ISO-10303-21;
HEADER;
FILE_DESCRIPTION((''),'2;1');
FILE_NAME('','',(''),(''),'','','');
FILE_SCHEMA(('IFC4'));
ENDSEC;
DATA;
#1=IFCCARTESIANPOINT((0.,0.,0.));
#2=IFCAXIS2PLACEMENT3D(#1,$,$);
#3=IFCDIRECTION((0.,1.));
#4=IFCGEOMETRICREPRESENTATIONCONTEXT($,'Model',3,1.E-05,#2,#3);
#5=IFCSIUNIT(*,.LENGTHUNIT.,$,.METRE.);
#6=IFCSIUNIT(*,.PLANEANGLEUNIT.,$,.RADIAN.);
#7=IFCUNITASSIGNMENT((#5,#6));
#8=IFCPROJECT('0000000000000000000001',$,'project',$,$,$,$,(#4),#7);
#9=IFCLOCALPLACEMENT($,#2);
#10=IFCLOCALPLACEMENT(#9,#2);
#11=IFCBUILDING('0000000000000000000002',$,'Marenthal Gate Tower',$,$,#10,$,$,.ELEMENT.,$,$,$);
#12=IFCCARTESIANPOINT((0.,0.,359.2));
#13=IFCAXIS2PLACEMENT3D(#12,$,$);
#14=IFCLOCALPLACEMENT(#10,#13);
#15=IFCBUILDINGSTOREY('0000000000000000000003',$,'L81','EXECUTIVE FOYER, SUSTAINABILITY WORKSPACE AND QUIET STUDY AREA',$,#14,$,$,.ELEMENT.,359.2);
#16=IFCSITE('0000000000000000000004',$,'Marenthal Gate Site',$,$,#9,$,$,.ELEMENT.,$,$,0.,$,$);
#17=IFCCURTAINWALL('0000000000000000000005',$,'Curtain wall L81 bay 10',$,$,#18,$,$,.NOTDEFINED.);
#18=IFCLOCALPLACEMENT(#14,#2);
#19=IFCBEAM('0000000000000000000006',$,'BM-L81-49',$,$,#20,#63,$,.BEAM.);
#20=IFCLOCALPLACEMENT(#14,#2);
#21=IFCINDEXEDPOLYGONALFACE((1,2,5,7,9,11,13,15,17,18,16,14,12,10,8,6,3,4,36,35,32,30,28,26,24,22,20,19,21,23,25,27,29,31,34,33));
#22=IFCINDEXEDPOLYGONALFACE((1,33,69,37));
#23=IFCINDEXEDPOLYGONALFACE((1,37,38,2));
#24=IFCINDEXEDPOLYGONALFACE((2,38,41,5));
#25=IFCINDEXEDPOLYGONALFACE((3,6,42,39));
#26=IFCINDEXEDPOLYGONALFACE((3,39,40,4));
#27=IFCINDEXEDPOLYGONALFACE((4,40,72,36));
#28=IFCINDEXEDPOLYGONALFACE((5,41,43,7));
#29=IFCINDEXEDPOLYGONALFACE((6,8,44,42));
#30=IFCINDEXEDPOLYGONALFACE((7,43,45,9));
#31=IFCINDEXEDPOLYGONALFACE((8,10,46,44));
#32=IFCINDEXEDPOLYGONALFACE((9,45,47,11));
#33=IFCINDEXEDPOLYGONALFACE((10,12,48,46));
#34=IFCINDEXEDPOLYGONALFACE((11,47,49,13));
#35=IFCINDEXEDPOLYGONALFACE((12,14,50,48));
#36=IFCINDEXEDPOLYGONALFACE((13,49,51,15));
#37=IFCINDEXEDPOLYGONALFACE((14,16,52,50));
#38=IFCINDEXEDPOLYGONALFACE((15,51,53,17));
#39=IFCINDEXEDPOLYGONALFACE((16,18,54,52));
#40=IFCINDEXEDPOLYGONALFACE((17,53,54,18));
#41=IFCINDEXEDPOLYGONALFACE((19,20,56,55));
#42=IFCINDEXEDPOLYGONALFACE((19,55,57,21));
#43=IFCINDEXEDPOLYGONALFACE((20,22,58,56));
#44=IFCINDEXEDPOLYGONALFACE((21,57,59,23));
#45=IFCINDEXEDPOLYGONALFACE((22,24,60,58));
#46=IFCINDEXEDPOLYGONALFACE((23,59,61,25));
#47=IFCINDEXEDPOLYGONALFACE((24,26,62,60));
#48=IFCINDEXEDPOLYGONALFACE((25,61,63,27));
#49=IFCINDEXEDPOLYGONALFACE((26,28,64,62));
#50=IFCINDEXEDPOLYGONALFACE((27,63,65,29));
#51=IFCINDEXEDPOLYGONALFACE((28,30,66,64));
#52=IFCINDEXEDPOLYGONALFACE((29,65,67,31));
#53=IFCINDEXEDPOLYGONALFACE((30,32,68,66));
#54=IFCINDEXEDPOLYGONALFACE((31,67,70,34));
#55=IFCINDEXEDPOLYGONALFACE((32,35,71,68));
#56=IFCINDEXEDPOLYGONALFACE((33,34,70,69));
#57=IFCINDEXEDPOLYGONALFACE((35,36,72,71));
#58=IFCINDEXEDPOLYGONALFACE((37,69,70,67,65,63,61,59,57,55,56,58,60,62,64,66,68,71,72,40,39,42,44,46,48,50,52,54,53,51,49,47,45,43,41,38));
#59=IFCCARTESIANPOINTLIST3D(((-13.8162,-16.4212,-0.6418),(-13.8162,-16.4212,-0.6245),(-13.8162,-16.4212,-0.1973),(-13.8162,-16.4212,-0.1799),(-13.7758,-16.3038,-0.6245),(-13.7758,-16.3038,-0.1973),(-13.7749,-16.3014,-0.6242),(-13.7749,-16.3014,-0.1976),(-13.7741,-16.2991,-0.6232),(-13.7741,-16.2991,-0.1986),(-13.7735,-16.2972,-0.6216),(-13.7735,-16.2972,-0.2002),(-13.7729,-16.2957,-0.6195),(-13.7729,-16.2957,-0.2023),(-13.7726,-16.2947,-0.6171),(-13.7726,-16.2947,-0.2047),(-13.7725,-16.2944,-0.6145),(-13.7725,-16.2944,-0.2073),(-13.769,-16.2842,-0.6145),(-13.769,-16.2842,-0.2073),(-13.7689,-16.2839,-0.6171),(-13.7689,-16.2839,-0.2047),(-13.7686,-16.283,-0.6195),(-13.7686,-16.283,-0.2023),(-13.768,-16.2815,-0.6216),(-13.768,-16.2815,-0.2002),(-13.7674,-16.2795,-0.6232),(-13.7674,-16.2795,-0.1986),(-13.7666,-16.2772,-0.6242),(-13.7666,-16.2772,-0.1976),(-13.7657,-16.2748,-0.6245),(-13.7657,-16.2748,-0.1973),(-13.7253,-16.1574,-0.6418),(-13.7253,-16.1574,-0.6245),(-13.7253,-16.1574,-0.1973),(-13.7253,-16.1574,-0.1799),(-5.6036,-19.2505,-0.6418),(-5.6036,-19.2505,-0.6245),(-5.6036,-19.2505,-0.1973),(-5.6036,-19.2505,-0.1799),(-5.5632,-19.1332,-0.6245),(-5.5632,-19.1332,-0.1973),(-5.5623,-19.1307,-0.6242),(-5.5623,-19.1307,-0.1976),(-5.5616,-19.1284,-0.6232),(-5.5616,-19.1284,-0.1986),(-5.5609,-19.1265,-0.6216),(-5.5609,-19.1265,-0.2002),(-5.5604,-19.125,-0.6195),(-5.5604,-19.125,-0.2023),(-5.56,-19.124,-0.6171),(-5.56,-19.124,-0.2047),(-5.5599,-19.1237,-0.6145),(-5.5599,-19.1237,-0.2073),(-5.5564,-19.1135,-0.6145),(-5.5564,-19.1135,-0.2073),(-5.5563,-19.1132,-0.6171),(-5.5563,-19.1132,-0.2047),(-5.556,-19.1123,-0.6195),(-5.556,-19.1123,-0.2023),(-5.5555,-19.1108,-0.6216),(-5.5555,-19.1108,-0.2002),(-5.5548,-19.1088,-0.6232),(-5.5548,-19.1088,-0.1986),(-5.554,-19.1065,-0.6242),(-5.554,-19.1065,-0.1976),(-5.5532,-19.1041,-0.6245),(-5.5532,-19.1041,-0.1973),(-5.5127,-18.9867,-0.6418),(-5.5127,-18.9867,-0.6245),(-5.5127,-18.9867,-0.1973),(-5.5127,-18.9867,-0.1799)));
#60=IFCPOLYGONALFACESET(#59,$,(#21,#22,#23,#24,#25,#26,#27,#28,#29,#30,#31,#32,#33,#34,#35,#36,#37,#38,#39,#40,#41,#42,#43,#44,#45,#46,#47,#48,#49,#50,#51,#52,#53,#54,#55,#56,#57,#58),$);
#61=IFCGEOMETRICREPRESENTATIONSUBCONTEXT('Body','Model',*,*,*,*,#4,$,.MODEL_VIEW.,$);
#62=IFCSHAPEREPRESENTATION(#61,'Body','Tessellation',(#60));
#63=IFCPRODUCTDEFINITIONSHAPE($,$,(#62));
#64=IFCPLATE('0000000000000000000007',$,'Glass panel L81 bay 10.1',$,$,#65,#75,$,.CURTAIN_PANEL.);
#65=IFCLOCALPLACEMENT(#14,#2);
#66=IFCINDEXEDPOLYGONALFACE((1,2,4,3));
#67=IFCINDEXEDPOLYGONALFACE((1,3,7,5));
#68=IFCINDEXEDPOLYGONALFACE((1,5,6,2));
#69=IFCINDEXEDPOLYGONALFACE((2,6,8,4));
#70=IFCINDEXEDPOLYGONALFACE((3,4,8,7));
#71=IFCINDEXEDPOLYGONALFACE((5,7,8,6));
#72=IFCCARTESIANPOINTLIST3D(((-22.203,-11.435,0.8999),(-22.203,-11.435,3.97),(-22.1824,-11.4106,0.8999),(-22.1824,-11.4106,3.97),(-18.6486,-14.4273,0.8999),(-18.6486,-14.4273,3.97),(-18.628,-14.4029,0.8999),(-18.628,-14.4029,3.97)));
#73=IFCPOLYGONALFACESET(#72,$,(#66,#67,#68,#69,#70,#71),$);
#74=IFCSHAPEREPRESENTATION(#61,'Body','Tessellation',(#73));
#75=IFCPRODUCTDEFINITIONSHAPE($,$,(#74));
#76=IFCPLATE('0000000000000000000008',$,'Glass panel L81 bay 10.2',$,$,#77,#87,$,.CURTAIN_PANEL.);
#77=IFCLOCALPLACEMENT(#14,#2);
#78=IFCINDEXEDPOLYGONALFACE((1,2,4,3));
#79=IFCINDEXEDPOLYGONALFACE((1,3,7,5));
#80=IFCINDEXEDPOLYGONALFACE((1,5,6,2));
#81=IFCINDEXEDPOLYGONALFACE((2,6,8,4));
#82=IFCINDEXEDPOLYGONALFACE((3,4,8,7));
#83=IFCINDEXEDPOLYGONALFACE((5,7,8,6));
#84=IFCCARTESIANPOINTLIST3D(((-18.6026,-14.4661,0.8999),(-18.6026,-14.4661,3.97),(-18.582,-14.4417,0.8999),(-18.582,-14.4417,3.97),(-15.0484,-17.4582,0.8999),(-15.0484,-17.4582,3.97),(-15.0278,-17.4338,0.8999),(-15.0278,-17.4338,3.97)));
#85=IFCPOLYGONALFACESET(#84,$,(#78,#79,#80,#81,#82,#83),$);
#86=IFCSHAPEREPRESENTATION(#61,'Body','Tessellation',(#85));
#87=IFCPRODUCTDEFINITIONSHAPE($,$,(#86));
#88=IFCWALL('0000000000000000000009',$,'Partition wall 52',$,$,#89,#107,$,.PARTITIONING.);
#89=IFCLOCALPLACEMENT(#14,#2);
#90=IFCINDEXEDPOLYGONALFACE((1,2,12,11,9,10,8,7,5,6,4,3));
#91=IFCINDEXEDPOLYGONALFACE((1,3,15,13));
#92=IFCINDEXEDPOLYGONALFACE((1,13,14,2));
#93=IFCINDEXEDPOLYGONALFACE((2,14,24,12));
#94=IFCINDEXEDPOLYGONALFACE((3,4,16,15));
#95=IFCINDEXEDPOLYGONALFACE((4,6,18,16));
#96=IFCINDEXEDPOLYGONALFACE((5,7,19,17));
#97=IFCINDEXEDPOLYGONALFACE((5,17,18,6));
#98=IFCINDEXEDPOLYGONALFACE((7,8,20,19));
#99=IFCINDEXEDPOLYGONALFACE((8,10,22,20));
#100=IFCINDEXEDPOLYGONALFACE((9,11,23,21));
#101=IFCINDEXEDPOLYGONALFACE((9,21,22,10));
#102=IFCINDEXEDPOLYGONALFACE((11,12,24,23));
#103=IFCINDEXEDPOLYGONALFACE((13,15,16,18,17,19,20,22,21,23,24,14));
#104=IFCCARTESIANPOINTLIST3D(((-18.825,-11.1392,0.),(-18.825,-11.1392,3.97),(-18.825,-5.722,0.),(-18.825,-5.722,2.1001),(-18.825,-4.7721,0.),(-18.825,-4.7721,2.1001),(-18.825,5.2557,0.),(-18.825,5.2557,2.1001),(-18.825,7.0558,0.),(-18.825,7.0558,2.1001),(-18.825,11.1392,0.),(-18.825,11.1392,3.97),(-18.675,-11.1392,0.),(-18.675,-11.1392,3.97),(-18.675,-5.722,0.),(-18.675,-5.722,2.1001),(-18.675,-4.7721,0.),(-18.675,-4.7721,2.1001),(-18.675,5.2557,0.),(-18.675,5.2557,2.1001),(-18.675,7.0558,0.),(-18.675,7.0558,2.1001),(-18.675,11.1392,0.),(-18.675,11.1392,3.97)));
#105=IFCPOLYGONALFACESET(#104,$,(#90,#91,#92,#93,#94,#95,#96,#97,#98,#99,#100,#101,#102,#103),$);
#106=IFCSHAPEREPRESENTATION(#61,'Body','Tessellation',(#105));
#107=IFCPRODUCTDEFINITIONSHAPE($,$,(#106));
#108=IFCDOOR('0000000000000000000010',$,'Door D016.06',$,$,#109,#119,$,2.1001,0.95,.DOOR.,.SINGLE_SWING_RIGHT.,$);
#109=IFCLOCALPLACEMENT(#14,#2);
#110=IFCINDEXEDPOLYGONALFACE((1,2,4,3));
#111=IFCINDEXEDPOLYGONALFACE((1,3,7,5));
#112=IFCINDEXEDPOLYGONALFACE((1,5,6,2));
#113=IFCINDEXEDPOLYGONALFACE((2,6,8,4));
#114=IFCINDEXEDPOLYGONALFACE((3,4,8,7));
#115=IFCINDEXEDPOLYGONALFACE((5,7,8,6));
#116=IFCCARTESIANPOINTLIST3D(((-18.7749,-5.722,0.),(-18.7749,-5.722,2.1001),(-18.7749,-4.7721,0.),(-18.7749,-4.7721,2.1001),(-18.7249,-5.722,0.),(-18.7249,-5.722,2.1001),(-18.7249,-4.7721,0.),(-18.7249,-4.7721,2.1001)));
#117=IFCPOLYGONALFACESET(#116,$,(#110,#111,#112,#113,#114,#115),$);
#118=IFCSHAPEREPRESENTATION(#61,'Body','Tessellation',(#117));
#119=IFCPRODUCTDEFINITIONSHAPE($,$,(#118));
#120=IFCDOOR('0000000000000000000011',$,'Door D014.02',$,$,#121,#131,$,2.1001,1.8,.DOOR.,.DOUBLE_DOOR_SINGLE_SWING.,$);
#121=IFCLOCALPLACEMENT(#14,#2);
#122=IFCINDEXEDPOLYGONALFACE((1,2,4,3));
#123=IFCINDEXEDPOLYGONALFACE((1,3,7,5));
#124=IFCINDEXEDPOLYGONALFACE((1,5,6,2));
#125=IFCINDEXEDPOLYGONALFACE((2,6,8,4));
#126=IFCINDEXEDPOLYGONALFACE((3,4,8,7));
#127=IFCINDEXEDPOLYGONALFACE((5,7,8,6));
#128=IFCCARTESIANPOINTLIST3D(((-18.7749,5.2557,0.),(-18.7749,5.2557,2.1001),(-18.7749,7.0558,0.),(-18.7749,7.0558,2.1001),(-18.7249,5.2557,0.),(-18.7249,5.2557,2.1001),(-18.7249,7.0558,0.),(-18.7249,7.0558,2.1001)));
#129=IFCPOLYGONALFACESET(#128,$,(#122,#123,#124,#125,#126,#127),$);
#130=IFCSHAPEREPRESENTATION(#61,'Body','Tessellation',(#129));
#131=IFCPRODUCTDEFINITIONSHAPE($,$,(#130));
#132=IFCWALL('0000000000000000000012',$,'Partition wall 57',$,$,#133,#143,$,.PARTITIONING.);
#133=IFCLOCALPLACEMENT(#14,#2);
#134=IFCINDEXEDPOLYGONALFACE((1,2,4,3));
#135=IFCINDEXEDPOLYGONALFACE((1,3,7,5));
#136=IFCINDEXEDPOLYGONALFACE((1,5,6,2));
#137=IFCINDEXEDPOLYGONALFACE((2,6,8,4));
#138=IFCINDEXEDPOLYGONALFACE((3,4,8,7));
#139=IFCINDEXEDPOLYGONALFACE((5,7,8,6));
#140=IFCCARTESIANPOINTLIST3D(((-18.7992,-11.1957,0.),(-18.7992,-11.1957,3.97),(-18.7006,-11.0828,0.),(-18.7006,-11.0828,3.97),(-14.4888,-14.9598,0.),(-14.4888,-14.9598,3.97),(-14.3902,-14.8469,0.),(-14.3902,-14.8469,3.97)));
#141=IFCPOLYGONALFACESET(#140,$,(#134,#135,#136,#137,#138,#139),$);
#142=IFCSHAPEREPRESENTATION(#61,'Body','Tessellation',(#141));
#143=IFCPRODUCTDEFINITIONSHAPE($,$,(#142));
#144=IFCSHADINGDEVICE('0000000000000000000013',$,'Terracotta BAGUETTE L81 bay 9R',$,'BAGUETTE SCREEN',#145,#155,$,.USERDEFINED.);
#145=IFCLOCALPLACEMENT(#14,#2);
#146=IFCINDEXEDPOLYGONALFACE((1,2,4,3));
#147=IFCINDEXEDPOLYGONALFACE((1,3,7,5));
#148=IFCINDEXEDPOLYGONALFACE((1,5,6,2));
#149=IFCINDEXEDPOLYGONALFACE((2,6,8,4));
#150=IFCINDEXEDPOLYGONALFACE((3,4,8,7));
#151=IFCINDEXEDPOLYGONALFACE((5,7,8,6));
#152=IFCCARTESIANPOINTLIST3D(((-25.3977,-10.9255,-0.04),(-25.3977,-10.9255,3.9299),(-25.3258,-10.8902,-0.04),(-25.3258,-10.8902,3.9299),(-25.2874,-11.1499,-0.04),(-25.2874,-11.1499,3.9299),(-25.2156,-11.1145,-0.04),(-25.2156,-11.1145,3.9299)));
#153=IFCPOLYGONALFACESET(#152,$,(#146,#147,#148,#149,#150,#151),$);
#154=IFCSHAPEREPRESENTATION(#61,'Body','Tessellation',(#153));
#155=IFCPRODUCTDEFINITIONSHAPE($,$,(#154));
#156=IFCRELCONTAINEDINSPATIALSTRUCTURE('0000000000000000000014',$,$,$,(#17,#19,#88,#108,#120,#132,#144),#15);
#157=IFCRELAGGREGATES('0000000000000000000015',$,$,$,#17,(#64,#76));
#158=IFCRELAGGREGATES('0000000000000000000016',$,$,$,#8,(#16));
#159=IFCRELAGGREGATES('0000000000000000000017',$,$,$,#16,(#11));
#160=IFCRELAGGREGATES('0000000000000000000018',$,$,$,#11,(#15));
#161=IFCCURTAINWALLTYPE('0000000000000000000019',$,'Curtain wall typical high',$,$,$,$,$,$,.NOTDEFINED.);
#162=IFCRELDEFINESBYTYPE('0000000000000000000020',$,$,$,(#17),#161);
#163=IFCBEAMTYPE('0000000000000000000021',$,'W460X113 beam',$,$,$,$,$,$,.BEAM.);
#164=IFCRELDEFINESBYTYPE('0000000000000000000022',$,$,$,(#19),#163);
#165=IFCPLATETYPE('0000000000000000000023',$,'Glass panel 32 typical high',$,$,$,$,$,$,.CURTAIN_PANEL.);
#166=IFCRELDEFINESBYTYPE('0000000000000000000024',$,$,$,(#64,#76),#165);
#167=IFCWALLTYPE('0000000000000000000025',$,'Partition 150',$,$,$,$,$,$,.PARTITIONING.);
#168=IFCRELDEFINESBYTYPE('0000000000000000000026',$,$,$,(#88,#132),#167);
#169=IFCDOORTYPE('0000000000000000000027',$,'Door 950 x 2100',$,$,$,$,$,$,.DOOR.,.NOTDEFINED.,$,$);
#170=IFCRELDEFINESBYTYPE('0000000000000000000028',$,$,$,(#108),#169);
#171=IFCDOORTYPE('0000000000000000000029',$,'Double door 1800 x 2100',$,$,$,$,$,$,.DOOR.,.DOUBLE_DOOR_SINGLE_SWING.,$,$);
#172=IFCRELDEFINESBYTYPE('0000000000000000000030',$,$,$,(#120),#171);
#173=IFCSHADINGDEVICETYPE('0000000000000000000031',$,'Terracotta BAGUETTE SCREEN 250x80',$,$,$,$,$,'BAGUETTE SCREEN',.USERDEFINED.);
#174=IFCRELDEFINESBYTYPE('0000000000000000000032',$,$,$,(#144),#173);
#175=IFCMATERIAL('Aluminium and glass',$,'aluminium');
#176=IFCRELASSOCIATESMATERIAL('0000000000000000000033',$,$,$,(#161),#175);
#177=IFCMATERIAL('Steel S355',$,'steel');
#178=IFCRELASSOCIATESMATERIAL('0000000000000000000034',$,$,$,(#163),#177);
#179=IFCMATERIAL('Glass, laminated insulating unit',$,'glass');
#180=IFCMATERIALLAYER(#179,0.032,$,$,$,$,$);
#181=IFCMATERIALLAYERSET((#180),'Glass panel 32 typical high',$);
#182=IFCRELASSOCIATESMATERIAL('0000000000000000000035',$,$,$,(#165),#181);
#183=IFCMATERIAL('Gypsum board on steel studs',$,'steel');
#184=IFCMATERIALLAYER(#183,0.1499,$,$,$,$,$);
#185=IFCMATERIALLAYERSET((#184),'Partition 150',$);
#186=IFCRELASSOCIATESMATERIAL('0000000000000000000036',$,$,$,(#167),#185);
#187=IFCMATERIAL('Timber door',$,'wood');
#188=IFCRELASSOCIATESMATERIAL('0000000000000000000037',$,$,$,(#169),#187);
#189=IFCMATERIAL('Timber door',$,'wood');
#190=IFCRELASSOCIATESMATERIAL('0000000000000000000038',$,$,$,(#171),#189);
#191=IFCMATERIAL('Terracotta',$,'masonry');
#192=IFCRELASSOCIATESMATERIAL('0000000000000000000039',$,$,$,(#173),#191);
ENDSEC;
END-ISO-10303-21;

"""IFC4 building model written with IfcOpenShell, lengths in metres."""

from ifc_helpers import new_model, si_unit, direction, frame, frame_2d, origin, origin_2d, place, context, subcontext, project, spatial, rectangle, i_section, extrude, material, layer, layer_set, material_profile, profile_set, type_object, element, fill, aggregate, save


model = new_model("IFC4")

# Units and contexts
model_context = context("Model", 3, precision=1e-05, world=origin(), true_north=direction((0.0, 1.0)))
body_context = subcontext(model_context, "Body", "Model", "MODEL_VIEW")
ifc_project = project(units=[si_unit("LENGTHUNIT", "METRE"), si_unit("PLANEANGLEUNIT", "RADIAN")], contexts=[model_context])

# Site, building, storey
site_placement = place(None, origin())
site = spatial("IfcSite", under=ifc_project, at=site_placement, Name="Marenthal Gate Site", CompositionType="ELEMENT", RefElevation=0.0)
building_placement = place(site_placement, origin())
building = spatial("IfcBuilding", under=site, at=building_placement, Name="Marenthal Gate Tower", CompositionType="ELEMENT")
storey_placement = place(building_placement, frame((0.0, 0.0, 359.2)))
storey = spatial("IfcBuildingStorey", under=building, at=storey_placement, Name="L81", Description="EXECUTIVE FOYER, SUSTAINABILITY WORKSPACE AND QUIET STUDY AREA", CompositionType="ELEMENT", Elevation=359.2)

# Curtain wall
ifc_material_1 = material(Name="Aluminium and glass", Category="aluminium")
curtain_wall_type = type_object("IfcCurtainWallType", Name="Curtain wall typical high", PredefinedType="NOTDEFINED", material=ifc_material_1)
curtain_wall_placement = place(storey_placement, origin())
curtain_wall = element("IfcCurtainWall", 1, at=curtain_wall_placement, inside=storey, type_object=curtain_wall_type, Name="Curtain wall L81 bay 10", PredefinedType="NOTDEFINED")

# Beam
ifc_material_2 = material(Name="Steel S355", Category="steel")
ifc_material_profile_1 = material_profile(ifc_material_2, i_section(OverallWidth=0.2791, OverallDepth=0.4619, WebThickness=0.0107, FlangeThickness=0.0173, FilletRadius=0.01, at=origin_2d()), Name="W460X113")
ifc_profile_set_1 = profile_set([ifc_material_profile_1], Name="Steel S355")
beam_type_1 = type_object("IfcBeamType", Name="W460X113 beam", PredefinedType="BEAM", material=ifc_profile_set_1)
beam_1_placement = place(storey_placement, frame((-13.7708, -16.2893, -0.4109), z_axis=(0.945465, -0.325723, 0.0), x_axis=(0.325723, 0.945465, 0.0)))
element("IfcBeam", 2, at=beam_1_placement, inside=storey, type_object=beam_type_1, Name="BM-L81-49", PredefinedType="BEAM", context=body_context, shape_type="SweptSolid", body=[
    extrude(i_section(OverallWidth=0.2791, OverallDepth=0.4619, WebThickness=0.0107, FlangeThickness=0.0173, FilletRadius=0.01, at=origin_2d()), origin(), (0.0, 0.0, 1.0), 8.6863),
])

# Plates
ifc_material_3 = material(Name="Glass, laminated insulating unit", Category="glass")
ifc_layer_1 = layer(ifc_material_3, 0.032)
ifc_layer_set_1 = layer_set([ifc_layer_1], Name="Glass panel 32 typical high")
plate_type = type_object("IfcPlateType", Name="Glass panel 32 typical high", PredefinedType="CURTAIN_PANEL", material=ifc_layer_set_1)
plate_1_placement = place(storey_placement, frame((-20.4155, -12.9189, 0.8999), z_axis=(0.0, 0.0, 1.0), x_axis=(0.765006, -0.644023, 0.0)))
plate_1 = element("IfcPlate", 3, at=plate_1_placement, type_object=plate_type, Name="Glass panel L81 bay 10.1", PredefinedType="CURTAIN_PANEL", context=body_context, shape_type="SweptSolid", body=[
    extrude(rectangle(XDim=4.6462, YDim=0.032, at=origin_2d()), origin(), (0.0, 0.0, 1.0), 3.0701),
])
plate_2_placement = place(storey_placement, frame((-16.8152, -15.95, 0.8999), z_axis=(0.0, 0.0, 1.0), x_axis=(0.765006, -0.644023, 0.0)))
plate_2 = element("IfcPlate", 4, at=plate_2_placement, type_object=plate_type, Name="Glass panel L81 bay 10.2", PredefinedType="CURTAIN_PANEL", context=body_context, shape_type="SweptSolid", body=[
    extrude(rectangle(XDim=4.646, YDim=0.032, at=origin_2d()), origin(), (0.0, 0.0, 1.0), 3.0701),
])
aggregate(curtain_wall, [plate_1, plate_2])

# Wall, openings, doors
ifc_material_4 = material(Name="Gypsum board on steel studs", Category="steel")
ifc_layer_2 = layer(ifc_material_4, 0.1499)
ifc_layer_set_2 = layer_set([ifc_layer_2], Name="Partition 150")
wall_type_1 = type_object("IfcWallType", Name="Partition 150", PredefinedType="PARTITIONING", material=ifc_layer_set_2)
wall_1_placement = place(storey_placement, frame((-18.75, -11.1392, 0.0), z_axis=(0.0, 0.0, 1.0), x_axis=(0.0, 1.0, 0.0)))
wall_1 = element("IfcWall", 5, at=wall_1_placement, inside=storey, type_object=wall_type_1, Name="Partition wall 52", PredefinedType="PARTITIONING", context=body_context, shape_type="SweptSolid", body=[
    extrude(rectangle(XDim=22.2783, YDim=0.1499, at=frame_2d((11.1392, 0.0))), origin(), (0.0, 0.0, 1.0), 3.97),
])
opening_1_placement = place(wall_1_placement, frame((16.395, 0.0, 0.0)))
opening_1 = element("IfcOpeningElement", 6, at=opening_1_placement, cuts=wall_1, PredefinedType="OPENING", context=body_context, shape_type="SweptSolid", body=[
    extrude(rectangle(XDim=1.8, YDim=2.1001, at=frame_2d((0.8999, 1.05))), frame((0.0, 0.085, 0.0), z_axis=(0.0, -1.0, 0.0), x_axis=(1.0, 0.0, 0.0)), (0.0, 0.0, 1.0), 0.1699),
])
opening_2_placement = place(wall_1_placement, frame((5.417, 0.0, 0.0)))
opening_2 = element("IfcOpeningElement", 7, at=opening_2_placement, cuts=wall_1, PredefinedType="OPENING", context=body_context, shape_type="SweptSolid", body=[
    extrude(rectangle(XDim=0.95, YDim=2.1001, at=frame_2d((0.4751, 1.05))), frame((0.0, 0.085, 0.0), z_axis=(0.0, -1.0, 0.0), x_axis=(1.0, 0.0, 0.0)), (0.0, 0.0, 1.0), 0.1699),
])
ifc_material_5 = material(Name="Timber door", Category="wood")
door_type_1 = type_object("IfcDoorType", Name="Door 950 x 2100", OperationType="NOTDEFINED", PredefinedType="DOOR", material=ifc_material_5)
door_1_placement = place(opening_2_placement, origin())
door_1 = element("IfcDoor", 8, at=door_1_placement, inside=storey, type_object=door_type_1, Name="Door D016.06", OperationType="SINGLE_SWING_RIGHT", OverallHeight=2.1001, OverallWidth=0.95, PredefinedType="DOOR", context=body_context, shape_type="SweptSolid", body=[
    extrude(rectangle(XDim=0.95, YDim=2.1001, at=frame_2d((0.4751, 1.05))), frame((0.0, 0.0249, 0.0), z_axis=(0.0, -1.0, 0.0), x_axis=(1.0, 0.0, 0.0)), (0.0, 0.0, 1.0), 0.05),
])
fill(opening_2, door_1)
ifc_material_6 = material(Name="Timber door", Category="wood")
door_type_2 = type_object("IfcDoorType", Name="Double door 1800 x 2100", OperationType="DOUBLE_DOOR_SINGLE_SWING", PredefinedType="DOOR", material=ifc_material_6)
door_2_placement = place(opening_1_placement, origin())
door_2 = element("IfcDoor", 9, at=door_2_placement, inside=storey, type_object=door_type_2, Name="Door D014.02", OperationType="DOUBLE_DOOR_SINGLE_SWING", OverallHeight=2.1001, OverallWidth=1.8, PredefinedType="DOOR", context=body_context, shape_type="SweptSolid", body=[
    extrude(rectangle(XDim=1.8, YDim=2.1001, at=frame_2d((0.8999, 1.05))), frame((0.0, 0.0249, 0.0), z_axis=(0.0, -1.0, 0.0), x_axis=(1.0, 0.0, 0.0)), (0.0, 0.0, 1.0), 0.05),
])
fill(opening_1, door_2)

# Wall
wall_2_placement = place(storey_placement, frame((-14.4395, -14.9033, 0.0), z_axis=(0.0, 0.0, 1.0), x_axis=(-0.753232, 0.657755, 0.0)))
element("IfcWall", 10, at=wall_2_placement, inside=storey, type_object=wall_type_1, Name="Partition wall 57", PredefinedType="PARTITIONING", context=body_context, shape_type="SweptSolid", body=[
    extrude(rectangle(XDim=5.7227, YDim=0.1499, at=frame_2d((2.8613, 0.0))), origin(), (0.0, 0.0, 1.0), 3.97),
])

# Shading device
ifc_material_7 = material(Name="Terracotta", Category="masonry")
ifc_material_profile_2 = material_profile(ifc_material_7, rectangle(XDim=0.25, YDim=0.0801, at=origin_2d()), Name="Terracotta baguette 250x80")
ifc_profile_set_2 = profile_set([ifc_material_profile_2], Name="Terracotta")
shading_device_type = type_object("IfcShadingDeviceType", Name="Terracotta BAGUETTE SCREEN 250x80", ElementType="BAGUETTE SCREEN", PredefinedType="USERDEFINED", material=ifc_profile_set_2)
shading_device_placement = place(storey_placement, frame((-25.3066, -11.02, -0.04), z_axis=(0.0, 0.0, 1.0), x_axis=(0.441063, -0.897476, 0.0)))
element("IfcShadingDevice", 11, at=shading_device_placement, inside=storey, type_object=shading_device_type, Name="Terracotta BAGUETTE L81 bay 9R", ObjectType="BAGUETTE SCREEN", PredefinedType="USERDEFINED", context=body_context, shape_type="SweptSolid", body=[
    extrude(rectangle(XDim=0.25, YDim=0.0801, at=origin_2d()), origin(), (0.0, 0.0, 1.0), 3.97),
])

save(model, "model.ifc")
